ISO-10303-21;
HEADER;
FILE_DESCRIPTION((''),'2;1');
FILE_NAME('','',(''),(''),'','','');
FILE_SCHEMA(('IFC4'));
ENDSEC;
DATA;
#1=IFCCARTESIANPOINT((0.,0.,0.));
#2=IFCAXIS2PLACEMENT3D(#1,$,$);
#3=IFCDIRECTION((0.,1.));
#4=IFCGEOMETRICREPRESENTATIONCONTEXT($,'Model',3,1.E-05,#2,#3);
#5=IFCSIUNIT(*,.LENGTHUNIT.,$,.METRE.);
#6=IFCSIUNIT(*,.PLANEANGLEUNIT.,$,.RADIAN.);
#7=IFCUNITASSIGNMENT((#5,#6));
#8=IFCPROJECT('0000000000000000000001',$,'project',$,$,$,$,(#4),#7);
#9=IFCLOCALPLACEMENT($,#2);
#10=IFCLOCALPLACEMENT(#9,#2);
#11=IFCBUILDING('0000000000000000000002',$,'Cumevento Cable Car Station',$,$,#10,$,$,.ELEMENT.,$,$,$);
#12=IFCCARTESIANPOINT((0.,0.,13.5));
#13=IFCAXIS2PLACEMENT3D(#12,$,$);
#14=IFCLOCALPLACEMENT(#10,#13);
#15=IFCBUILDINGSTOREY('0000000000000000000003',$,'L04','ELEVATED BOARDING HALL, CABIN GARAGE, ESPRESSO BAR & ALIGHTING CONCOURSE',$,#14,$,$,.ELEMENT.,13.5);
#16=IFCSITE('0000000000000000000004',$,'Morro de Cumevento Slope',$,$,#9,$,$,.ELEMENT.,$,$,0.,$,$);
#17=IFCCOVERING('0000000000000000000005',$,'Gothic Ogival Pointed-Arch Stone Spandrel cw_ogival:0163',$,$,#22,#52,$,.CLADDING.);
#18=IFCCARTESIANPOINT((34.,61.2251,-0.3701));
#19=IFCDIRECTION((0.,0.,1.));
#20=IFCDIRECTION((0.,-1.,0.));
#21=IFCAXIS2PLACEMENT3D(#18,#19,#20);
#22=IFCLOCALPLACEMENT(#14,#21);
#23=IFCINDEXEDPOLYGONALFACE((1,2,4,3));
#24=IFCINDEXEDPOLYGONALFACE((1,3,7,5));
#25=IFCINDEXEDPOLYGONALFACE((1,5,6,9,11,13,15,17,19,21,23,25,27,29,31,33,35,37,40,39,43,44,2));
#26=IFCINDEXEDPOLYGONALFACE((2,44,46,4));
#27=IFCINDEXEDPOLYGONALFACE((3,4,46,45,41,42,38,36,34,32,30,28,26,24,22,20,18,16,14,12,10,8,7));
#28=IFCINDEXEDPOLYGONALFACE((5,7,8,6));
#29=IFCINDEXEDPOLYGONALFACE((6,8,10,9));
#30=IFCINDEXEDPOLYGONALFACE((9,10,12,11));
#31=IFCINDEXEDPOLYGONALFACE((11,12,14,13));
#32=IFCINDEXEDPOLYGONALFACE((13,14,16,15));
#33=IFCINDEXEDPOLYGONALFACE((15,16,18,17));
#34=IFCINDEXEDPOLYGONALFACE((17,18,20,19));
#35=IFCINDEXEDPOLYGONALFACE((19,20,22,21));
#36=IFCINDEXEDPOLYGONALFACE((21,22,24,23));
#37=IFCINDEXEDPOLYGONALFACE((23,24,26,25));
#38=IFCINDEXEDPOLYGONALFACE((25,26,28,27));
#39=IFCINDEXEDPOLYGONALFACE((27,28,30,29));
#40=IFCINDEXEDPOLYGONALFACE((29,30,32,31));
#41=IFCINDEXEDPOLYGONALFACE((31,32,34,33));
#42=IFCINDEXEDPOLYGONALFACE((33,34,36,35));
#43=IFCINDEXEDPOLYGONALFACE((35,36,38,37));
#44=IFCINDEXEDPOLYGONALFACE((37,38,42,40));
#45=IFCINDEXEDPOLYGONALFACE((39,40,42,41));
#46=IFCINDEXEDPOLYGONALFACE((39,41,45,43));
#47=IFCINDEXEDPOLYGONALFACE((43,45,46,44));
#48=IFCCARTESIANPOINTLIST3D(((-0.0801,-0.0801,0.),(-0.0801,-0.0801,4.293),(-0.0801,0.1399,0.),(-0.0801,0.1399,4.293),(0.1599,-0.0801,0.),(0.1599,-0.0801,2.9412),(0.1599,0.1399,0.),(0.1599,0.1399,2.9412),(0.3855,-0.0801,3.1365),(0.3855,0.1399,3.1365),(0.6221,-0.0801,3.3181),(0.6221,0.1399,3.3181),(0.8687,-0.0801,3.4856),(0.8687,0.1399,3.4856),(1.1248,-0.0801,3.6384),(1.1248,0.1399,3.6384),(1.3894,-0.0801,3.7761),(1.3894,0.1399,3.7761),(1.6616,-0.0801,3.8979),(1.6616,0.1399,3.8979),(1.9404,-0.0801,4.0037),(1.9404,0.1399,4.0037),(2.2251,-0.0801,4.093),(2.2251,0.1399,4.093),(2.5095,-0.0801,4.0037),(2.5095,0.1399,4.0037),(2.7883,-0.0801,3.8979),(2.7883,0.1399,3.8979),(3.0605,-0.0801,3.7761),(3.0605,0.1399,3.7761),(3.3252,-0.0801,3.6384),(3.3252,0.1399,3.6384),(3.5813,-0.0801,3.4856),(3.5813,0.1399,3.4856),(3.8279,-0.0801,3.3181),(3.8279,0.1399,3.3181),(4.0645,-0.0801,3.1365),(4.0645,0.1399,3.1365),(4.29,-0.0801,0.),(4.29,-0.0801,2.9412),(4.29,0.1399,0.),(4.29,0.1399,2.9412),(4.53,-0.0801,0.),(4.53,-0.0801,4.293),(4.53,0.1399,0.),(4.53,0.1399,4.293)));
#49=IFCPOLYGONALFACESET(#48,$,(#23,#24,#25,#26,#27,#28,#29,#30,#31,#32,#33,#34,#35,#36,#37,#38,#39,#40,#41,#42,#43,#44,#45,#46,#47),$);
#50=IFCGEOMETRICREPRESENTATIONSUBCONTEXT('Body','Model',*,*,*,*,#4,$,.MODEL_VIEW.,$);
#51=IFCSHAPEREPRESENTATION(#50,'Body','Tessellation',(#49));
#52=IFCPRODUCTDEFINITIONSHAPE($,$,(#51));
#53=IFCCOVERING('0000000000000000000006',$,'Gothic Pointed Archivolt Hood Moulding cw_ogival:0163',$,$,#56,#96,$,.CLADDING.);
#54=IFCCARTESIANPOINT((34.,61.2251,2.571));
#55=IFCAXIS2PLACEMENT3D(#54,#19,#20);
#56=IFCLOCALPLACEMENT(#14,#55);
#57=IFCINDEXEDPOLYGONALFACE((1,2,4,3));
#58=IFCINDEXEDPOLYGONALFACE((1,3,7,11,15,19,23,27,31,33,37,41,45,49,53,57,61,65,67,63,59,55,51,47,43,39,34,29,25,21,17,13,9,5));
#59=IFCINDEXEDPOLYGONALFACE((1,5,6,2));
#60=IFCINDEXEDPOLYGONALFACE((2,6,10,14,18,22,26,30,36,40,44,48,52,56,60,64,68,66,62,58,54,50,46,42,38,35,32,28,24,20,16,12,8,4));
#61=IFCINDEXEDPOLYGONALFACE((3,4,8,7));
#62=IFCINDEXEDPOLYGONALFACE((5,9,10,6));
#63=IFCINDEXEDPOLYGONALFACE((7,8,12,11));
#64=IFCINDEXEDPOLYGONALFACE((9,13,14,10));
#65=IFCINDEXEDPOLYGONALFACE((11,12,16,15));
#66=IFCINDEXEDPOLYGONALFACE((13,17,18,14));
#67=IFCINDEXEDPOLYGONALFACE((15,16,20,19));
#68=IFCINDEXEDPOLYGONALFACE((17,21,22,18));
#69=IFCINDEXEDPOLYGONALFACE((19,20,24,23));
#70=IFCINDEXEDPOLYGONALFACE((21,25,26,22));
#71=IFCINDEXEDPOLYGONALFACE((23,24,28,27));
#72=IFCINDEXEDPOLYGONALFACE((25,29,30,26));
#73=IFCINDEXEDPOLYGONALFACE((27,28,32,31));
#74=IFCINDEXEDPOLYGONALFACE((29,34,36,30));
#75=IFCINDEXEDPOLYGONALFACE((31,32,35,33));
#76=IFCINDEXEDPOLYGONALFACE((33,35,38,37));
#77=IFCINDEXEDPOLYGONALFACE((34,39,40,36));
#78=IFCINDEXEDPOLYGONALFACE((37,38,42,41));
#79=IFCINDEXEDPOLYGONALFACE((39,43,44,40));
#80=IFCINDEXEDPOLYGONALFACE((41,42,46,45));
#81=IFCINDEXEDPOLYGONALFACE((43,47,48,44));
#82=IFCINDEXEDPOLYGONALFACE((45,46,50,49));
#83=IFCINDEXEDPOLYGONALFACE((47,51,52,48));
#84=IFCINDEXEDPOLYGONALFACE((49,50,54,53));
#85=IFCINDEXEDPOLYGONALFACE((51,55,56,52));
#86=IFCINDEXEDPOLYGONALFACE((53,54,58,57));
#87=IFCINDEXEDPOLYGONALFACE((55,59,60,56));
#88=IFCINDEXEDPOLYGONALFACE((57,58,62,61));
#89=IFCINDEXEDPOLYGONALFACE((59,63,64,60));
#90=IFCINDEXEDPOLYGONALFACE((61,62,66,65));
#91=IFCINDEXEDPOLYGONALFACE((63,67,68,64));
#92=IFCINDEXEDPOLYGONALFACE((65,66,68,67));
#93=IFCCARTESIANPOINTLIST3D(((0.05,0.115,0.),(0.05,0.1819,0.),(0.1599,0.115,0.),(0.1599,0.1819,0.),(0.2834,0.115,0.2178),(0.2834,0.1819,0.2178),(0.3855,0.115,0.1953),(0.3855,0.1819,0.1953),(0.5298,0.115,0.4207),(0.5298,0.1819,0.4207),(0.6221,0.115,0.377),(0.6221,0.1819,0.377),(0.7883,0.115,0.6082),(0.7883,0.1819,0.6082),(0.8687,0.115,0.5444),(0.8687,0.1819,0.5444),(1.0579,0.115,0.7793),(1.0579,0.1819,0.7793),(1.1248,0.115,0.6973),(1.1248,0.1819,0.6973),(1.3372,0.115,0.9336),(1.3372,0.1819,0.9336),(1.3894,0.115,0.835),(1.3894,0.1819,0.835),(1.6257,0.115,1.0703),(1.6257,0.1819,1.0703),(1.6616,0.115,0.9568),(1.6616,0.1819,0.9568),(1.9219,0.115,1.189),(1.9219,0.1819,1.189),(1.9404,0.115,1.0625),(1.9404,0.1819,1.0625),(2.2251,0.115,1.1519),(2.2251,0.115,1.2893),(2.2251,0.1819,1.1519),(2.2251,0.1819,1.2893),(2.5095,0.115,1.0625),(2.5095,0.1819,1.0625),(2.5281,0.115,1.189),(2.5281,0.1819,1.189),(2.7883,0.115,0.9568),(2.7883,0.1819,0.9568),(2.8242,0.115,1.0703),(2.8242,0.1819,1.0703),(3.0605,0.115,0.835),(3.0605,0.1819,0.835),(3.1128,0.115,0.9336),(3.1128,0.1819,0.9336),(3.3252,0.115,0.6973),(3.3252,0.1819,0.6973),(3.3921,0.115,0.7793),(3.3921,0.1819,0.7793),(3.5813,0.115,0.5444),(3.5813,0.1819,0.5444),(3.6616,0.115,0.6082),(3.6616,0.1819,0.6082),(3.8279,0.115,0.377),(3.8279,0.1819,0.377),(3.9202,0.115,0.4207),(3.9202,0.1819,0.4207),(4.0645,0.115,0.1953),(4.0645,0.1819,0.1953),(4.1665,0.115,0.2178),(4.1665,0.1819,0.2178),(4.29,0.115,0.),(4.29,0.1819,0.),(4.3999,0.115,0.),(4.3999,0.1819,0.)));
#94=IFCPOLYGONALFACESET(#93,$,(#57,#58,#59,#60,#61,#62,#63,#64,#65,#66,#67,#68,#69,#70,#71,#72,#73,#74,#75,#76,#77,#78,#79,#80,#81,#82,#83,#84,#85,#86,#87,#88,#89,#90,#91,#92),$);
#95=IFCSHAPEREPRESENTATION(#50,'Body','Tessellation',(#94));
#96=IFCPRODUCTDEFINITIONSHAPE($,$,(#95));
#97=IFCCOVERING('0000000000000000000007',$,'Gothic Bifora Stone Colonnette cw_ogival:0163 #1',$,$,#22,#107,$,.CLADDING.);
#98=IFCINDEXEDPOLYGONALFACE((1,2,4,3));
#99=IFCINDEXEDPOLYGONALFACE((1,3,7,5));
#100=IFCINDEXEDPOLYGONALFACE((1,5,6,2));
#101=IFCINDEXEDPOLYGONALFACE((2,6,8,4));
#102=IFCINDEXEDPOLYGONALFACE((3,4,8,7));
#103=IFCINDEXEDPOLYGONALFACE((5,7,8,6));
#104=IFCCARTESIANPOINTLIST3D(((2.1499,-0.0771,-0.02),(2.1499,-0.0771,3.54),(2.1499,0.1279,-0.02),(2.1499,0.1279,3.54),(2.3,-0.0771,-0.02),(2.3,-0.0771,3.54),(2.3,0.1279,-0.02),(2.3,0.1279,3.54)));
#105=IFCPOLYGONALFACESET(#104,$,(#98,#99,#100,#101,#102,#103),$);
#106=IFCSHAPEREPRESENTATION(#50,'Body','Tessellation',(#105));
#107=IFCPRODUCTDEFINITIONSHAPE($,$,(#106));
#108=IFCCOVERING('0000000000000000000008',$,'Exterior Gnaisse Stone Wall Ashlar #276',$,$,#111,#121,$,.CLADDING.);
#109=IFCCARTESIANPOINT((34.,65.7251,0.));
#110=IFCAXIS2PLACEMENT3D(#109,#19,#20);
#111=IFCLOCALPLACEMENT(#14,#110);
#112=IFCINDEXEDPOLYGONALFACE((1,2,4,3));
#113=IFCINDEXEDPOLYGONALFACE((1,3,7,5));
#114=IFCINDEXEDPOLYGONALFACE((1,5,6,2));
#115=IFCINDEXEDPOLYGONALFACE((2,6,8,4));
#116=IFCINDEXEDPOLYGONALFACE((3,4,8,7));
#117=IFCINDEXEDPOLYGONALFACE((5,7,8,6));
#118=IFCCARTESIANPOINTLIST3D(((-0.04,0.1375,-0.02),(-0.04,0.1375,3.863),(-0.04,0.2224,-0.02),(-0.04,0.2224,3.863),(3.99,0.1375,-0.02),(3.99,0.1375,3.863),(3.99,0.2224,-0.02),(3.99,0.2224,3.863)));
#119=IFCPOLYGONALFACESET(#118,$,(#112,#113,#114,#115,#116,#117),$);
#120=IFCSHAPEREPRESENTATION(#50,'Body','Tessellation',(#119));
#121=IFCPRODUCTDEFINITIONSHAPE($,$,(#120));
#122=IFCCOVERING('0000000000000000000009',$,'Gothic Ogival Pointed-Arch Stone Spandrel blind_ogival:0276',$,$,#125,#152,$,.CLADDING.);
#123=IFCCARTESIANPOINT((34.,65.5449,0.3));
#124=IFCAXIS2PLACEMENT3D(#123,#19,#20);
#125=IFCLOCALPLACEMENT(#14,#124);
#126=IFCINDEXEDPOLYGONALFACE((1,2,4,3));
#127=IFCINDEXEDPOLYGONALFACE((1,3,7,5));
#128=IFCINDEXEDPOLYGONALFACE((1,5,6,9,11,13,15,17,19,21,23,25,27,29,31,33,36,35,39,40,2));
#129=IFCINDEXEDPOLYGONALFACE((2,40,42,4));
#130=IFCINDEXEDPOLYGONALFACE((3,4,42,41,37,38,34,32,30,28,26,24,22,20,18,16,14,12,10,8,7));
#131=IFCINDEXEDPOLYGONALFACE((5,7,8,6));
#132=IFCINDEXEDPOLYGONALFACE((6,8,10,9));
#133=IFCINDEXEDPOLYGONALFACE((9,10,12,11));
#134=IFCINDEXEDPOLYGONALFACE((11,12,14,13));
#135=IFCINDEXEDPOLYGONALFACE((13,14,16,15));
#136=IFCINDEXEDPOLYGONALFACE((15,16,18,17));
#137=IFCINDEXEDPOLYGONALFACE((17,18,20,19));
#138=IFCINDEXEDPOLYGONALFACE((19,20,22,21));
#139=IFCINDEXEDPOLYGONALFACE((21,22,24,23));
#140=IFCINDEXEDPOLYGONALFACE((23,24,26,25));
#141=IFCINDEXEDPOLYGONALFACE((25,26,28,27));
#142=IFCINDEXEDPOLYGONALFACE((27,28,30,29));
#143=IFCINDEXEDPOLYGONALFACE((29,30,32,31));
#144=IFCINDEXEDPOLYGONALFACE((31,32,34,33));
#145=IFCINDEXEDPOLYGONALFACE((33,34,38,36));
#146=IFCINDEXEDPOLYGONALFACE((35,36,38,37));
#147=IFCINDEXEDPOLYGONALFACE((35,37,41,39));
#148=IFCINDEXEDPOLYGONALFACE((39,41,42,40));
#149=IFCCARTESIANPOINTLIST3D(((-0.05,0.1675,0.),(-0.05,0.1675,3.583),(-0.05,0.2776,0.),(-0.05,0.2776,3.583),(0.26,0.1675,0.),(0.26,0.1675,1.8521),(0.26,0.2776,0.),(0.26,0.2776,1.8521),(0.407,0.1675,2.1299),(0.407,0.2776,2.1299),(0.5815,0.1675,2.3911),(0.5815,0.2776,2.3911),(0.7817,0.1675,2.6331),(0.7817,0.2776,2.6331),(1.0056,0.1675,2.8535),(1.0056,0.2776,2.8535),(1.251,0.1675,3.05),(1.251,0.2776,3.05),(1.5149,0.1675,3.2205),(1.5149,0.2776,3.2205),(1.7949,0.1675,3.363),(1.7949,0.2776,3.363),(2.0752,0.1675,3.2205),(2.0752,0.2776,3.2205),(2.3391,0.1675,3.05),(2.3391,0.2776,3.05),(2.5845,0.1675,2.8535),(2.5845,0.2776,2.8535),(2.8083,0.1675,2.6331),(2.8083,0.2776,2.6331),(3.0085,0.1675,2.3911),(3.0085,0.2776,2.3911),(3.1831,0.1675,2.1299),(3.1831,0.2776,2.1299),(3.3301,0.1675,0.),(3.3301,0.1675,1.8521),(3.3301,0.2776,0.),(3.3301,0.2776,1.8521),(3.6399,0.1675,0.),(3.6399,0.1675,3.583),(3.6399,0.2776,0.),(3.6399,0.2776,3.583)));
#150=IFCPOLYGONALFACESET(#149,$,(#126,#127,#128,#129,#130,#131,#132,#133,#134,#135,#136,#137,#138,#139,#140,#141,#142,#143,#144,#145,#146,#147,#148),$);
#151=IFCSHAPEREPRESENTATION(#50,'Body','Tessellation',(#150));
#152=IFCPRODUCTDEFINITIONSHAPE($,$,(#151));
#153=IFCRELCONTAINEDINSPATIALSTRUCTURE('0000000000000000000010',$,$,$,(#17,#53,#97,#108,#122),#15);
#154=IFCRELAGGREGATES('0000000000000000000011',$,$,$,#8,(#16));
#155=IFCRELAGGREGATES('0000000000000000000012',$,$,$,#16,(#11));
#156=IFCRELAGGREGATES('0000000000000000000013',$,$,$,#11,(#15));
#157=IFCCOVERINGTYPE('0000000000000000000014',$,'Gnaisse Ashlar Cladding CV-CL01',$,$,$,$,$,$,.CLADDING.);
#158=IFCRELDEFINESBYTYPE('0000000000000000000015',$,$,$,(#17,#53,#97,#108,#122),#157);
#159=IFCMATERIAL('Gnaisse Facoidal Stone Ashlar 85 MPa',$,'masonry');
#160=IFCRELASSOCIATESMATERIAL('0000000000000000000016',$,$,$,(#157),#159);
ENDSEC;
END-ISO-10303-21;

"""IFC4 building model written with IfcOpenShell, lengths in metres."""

from ifc_helpers import new_model, si_unit, direction, frame, origin, place, context, subcontext, project, spatial, polyline, outline, extrude, material, type_object, element, save


model = new_model("IFC4")

# Units and contexts
model_context = context("Model", 3, precision=1e-05, world=origin(), true_north=direction((0.0, 1.0)))
body_context = subcontext(model_context, "Body", "Model", "MODEL_VIEW")
ifc_project = project(units=[si_unit("LENGTHUNIT", "METRE"), si_unit("PLANEANGLEUNIT", "RADIAN")], contexts=[model_context])

# Site, building, storey
site_placement = place(None, origin())
site = spatial("IfcSite", under=ifc_project, at=site_placement, Name="Morro de Cumevento Slope", CompositionType="ELEMENT", RefElevation=0.0)
building_placement = place(site_placement, origin())
building = spatial("IfcBuilding", under=site, at=building_placement, Name="Cumevento Cable Car Station", CompositionType="ELEMENT")
storey_placement = place(building_placement, frame((0.0, 0.0, 13.5)))
storey = spatial("IfcBuildingStorey", under=building, at=storey_placement, Name="L04", Description="ELEVATED BOARDING HALL, CABIN GARAGE, ESPRESSO BAR & ALIGHTING CONCOURSE", CompositionType="ELEMENT", Elevation=13.5)

# Coverings
ifc_material_1 = material(Name="Gnaisse Facoidal Stone Ashlar 85 MPa", Category="masonry")
covering_type = type_object("IfcCoveringType", Name="Gnaisse Ashlar Cladding CV-CL01", PredefinedType="CLADDING", material=ifc_material_1)
placement = place(storey_placement, frame((34.0, 61.2251, -0.3701), z_axis=(0.0, 0.0, 1.0), x_axis=(0.0, -1.0, 0.0)))
element("IfcCovering", 1, at=placement, inside=storey, type_object=covering_type, Name="Gothic Ogival Pointed-Arch Stone Spandrel cw_ogival:0163", PredefinedType="CLADDING", context=body_context, shape_type="SweptSolid", body=[
    extrude(outline(polyline([(-0.0801, 0.0), (-0.0801, 4.293), (4.53, 4.293), (4.53, 0.0), (4.29, 0.0), (4.29, 2.9412), (4.0645, 3.1365), (3.8279, 3.3181), (3.5813, 3.4856), (3.3252, 3.6384), (3.0605, 3.7761), (2.7883, 3.8979), (2.5095, 4.0037), (2.2251, 4.093), (1.9404, 4.0037), (1.6616, 3.8979), (1.3894, 3.7761), (1.1248, 3.6384), (0.8687, 3.4856), (0.6221, 3.3181), (0.3855, 3.1365), (0.1599, 2.9412), (0.1599, 0.0), (-0.0801, 0.0)])), frame((0.0, 0.1399, 0.0), z_axis=(0.0, -1.0, 0.0), x_axis=(1.0, 0.0, 0.0)), (0.0, 0.0, 1.0), 0.22),
])
covering_1_placement = place(storey_placement, frame((34.0, 61.2251, 2.571), z_axis=(0.0, 0.0, 1.0), x_axis=(0.0, -1.0, 0.0)))
element("IfcCovering", 2, at=covering_1_placement, inside=storey, type_object=covering_type, Name="Gothic Pointed Archivolt Hood Moulding cw_ogival:0163", PredefinedType="CLADDING", context=body_context, shape_type="SweptSolid", body=[
    extrude(outline(polyline([(0.1599, 0.0), (0.3855, 0.1953), (0.6221, 0.377), (0.8687, 0.5444), (1.1248, 0.6973), (1.3894, 0.835), (1.6616, 0.9568), (1.9404, 1.0625), (2.2251, 1.1519), (2.5095, 1.0625), (2.7883, 0.9568), (3.0605, 0.835), (3.3252, 0.6973), (3.5813, 0.5444), (3.8279, 0.377), (4.0645, 0.1953), (4.29, 0.0), (4.3999, 0.0), (4.1665, 0.2178), (3.9202, 0.4207), (3.6616, 0.6082), (3.3921, 0.7793), (3.1128, 0.9336), (2.8242, 1.0703), (2.5281, 1.189), (2.2251, 1.2893), (1.9219, 1.189), (1.6257, 1.0703), (1.3372, 0.9336), (1.0579, 0.7793), (0.7883, 0.6082), (0.5298, 0.4207), (0.2834, 0.2178), (0.05, 0.0), (0.1599, 0.0)])), frame((0.0, 0.1819, 0.0), z_axis=(0.0, -1.0, 0.0), x_axis=(1.0, 0.0, 0.0)), (0.0, 0.0, 1.0), 0.0669),
])
element("IfcCovering", 3, at=placement, inside=storey, type_object=covering_type, Name="Gothic Bifora Stone Colonnette cw_ogival:0163 #1", PredefinedType="CLADDING", context=body_context, shape_type="SweptSolid", body=[
    extrude(outline(polyline([(2.1499, -0.02), (2.3, -0.02), (2.3, 3.54), (2.1499, 3.54), (2.1499, -0.02)])), frame((0.0, 0.1279, 0.0), z_axis=(0.0, -1.0, 0.0), x_axis=(1.0, 0.0, 0.0)), (0.0, 0.0, 1.0), 0.2051),
])
covering_2_placement = place(storey_placement, frame((34.0, 65.7251, 0.0), z_axis=(0.0, 0.0, 1.0), x_axis=(0.0, -1.0, 0.0)))
element("IfcCovering", 4, at=covering_2_placement, inside=storey, type_object=covering_type, Name="Exterior Gnaisse Stone Wall Ashlar #276", PredefinedType="CLADDING", context=body_context, shape_type="SweptSolid", body=[
    extrude(outline(polyline([(-0.04, -0.02), (3.99, -0.02), (3.99, 3.863), (-0.04, 3.863), (-0.04, -0.02)])), frame((0.0, 0.2224, 0.0), z_axis=(0.0, -1.0, 0.0), x_axis=(1.0, 0.0, 0.0)), (0.0, 0.0, 1.0), 0.085),
])
covering_3_placement = place(storey_placement, frame((34.0, 65.5449, 0.3), z_axis=(0.0, 0.0, 1.0), x_axis=(0.0, -1.0, 0.0)))
element("IfcCovering", 5, at=covering_3_placement, inside=storey, type_object=covering_type, Name="Gothic Ogival Pointed-Arch Stone Spandrel blind_ogival:0276", PredefinedType="CLADDING", context=body_context, shape_type="SweptSolid", body=[
    extrude(outline(polyline([(-0.05, 0.0), (-0.05, 3.583), (3.6399, 3.583), (3.6399, 0.0), (3.3301, 0.0), (3.3301, 1.8521), (3.1831, 2.1299), (3.0085, 2.3911), (2.8083, 2.6331), (2.5845, 2.8535), (2.3391, 3.05), (2.0752, 3.2205), (1.7949, 3.363), (1.5149, 3.2205), (1.251, 3.05), (1.0056, 2.8535), (0.7817, 2.6331), (0.5815, 2.3911), (0.407, 2.1299), (0.26, 1.8521), (0.26, 0.0), (-0.05, 0.0)])), frame((0.0, 0.2776, 0.0), z_axis=(0.0, -1.0, 0.0), x_axis=(1.0, 0.0, 0.0)), (0.0, 0.0, 1.0), 0.1101),
])

save(model, "model.ifc")
